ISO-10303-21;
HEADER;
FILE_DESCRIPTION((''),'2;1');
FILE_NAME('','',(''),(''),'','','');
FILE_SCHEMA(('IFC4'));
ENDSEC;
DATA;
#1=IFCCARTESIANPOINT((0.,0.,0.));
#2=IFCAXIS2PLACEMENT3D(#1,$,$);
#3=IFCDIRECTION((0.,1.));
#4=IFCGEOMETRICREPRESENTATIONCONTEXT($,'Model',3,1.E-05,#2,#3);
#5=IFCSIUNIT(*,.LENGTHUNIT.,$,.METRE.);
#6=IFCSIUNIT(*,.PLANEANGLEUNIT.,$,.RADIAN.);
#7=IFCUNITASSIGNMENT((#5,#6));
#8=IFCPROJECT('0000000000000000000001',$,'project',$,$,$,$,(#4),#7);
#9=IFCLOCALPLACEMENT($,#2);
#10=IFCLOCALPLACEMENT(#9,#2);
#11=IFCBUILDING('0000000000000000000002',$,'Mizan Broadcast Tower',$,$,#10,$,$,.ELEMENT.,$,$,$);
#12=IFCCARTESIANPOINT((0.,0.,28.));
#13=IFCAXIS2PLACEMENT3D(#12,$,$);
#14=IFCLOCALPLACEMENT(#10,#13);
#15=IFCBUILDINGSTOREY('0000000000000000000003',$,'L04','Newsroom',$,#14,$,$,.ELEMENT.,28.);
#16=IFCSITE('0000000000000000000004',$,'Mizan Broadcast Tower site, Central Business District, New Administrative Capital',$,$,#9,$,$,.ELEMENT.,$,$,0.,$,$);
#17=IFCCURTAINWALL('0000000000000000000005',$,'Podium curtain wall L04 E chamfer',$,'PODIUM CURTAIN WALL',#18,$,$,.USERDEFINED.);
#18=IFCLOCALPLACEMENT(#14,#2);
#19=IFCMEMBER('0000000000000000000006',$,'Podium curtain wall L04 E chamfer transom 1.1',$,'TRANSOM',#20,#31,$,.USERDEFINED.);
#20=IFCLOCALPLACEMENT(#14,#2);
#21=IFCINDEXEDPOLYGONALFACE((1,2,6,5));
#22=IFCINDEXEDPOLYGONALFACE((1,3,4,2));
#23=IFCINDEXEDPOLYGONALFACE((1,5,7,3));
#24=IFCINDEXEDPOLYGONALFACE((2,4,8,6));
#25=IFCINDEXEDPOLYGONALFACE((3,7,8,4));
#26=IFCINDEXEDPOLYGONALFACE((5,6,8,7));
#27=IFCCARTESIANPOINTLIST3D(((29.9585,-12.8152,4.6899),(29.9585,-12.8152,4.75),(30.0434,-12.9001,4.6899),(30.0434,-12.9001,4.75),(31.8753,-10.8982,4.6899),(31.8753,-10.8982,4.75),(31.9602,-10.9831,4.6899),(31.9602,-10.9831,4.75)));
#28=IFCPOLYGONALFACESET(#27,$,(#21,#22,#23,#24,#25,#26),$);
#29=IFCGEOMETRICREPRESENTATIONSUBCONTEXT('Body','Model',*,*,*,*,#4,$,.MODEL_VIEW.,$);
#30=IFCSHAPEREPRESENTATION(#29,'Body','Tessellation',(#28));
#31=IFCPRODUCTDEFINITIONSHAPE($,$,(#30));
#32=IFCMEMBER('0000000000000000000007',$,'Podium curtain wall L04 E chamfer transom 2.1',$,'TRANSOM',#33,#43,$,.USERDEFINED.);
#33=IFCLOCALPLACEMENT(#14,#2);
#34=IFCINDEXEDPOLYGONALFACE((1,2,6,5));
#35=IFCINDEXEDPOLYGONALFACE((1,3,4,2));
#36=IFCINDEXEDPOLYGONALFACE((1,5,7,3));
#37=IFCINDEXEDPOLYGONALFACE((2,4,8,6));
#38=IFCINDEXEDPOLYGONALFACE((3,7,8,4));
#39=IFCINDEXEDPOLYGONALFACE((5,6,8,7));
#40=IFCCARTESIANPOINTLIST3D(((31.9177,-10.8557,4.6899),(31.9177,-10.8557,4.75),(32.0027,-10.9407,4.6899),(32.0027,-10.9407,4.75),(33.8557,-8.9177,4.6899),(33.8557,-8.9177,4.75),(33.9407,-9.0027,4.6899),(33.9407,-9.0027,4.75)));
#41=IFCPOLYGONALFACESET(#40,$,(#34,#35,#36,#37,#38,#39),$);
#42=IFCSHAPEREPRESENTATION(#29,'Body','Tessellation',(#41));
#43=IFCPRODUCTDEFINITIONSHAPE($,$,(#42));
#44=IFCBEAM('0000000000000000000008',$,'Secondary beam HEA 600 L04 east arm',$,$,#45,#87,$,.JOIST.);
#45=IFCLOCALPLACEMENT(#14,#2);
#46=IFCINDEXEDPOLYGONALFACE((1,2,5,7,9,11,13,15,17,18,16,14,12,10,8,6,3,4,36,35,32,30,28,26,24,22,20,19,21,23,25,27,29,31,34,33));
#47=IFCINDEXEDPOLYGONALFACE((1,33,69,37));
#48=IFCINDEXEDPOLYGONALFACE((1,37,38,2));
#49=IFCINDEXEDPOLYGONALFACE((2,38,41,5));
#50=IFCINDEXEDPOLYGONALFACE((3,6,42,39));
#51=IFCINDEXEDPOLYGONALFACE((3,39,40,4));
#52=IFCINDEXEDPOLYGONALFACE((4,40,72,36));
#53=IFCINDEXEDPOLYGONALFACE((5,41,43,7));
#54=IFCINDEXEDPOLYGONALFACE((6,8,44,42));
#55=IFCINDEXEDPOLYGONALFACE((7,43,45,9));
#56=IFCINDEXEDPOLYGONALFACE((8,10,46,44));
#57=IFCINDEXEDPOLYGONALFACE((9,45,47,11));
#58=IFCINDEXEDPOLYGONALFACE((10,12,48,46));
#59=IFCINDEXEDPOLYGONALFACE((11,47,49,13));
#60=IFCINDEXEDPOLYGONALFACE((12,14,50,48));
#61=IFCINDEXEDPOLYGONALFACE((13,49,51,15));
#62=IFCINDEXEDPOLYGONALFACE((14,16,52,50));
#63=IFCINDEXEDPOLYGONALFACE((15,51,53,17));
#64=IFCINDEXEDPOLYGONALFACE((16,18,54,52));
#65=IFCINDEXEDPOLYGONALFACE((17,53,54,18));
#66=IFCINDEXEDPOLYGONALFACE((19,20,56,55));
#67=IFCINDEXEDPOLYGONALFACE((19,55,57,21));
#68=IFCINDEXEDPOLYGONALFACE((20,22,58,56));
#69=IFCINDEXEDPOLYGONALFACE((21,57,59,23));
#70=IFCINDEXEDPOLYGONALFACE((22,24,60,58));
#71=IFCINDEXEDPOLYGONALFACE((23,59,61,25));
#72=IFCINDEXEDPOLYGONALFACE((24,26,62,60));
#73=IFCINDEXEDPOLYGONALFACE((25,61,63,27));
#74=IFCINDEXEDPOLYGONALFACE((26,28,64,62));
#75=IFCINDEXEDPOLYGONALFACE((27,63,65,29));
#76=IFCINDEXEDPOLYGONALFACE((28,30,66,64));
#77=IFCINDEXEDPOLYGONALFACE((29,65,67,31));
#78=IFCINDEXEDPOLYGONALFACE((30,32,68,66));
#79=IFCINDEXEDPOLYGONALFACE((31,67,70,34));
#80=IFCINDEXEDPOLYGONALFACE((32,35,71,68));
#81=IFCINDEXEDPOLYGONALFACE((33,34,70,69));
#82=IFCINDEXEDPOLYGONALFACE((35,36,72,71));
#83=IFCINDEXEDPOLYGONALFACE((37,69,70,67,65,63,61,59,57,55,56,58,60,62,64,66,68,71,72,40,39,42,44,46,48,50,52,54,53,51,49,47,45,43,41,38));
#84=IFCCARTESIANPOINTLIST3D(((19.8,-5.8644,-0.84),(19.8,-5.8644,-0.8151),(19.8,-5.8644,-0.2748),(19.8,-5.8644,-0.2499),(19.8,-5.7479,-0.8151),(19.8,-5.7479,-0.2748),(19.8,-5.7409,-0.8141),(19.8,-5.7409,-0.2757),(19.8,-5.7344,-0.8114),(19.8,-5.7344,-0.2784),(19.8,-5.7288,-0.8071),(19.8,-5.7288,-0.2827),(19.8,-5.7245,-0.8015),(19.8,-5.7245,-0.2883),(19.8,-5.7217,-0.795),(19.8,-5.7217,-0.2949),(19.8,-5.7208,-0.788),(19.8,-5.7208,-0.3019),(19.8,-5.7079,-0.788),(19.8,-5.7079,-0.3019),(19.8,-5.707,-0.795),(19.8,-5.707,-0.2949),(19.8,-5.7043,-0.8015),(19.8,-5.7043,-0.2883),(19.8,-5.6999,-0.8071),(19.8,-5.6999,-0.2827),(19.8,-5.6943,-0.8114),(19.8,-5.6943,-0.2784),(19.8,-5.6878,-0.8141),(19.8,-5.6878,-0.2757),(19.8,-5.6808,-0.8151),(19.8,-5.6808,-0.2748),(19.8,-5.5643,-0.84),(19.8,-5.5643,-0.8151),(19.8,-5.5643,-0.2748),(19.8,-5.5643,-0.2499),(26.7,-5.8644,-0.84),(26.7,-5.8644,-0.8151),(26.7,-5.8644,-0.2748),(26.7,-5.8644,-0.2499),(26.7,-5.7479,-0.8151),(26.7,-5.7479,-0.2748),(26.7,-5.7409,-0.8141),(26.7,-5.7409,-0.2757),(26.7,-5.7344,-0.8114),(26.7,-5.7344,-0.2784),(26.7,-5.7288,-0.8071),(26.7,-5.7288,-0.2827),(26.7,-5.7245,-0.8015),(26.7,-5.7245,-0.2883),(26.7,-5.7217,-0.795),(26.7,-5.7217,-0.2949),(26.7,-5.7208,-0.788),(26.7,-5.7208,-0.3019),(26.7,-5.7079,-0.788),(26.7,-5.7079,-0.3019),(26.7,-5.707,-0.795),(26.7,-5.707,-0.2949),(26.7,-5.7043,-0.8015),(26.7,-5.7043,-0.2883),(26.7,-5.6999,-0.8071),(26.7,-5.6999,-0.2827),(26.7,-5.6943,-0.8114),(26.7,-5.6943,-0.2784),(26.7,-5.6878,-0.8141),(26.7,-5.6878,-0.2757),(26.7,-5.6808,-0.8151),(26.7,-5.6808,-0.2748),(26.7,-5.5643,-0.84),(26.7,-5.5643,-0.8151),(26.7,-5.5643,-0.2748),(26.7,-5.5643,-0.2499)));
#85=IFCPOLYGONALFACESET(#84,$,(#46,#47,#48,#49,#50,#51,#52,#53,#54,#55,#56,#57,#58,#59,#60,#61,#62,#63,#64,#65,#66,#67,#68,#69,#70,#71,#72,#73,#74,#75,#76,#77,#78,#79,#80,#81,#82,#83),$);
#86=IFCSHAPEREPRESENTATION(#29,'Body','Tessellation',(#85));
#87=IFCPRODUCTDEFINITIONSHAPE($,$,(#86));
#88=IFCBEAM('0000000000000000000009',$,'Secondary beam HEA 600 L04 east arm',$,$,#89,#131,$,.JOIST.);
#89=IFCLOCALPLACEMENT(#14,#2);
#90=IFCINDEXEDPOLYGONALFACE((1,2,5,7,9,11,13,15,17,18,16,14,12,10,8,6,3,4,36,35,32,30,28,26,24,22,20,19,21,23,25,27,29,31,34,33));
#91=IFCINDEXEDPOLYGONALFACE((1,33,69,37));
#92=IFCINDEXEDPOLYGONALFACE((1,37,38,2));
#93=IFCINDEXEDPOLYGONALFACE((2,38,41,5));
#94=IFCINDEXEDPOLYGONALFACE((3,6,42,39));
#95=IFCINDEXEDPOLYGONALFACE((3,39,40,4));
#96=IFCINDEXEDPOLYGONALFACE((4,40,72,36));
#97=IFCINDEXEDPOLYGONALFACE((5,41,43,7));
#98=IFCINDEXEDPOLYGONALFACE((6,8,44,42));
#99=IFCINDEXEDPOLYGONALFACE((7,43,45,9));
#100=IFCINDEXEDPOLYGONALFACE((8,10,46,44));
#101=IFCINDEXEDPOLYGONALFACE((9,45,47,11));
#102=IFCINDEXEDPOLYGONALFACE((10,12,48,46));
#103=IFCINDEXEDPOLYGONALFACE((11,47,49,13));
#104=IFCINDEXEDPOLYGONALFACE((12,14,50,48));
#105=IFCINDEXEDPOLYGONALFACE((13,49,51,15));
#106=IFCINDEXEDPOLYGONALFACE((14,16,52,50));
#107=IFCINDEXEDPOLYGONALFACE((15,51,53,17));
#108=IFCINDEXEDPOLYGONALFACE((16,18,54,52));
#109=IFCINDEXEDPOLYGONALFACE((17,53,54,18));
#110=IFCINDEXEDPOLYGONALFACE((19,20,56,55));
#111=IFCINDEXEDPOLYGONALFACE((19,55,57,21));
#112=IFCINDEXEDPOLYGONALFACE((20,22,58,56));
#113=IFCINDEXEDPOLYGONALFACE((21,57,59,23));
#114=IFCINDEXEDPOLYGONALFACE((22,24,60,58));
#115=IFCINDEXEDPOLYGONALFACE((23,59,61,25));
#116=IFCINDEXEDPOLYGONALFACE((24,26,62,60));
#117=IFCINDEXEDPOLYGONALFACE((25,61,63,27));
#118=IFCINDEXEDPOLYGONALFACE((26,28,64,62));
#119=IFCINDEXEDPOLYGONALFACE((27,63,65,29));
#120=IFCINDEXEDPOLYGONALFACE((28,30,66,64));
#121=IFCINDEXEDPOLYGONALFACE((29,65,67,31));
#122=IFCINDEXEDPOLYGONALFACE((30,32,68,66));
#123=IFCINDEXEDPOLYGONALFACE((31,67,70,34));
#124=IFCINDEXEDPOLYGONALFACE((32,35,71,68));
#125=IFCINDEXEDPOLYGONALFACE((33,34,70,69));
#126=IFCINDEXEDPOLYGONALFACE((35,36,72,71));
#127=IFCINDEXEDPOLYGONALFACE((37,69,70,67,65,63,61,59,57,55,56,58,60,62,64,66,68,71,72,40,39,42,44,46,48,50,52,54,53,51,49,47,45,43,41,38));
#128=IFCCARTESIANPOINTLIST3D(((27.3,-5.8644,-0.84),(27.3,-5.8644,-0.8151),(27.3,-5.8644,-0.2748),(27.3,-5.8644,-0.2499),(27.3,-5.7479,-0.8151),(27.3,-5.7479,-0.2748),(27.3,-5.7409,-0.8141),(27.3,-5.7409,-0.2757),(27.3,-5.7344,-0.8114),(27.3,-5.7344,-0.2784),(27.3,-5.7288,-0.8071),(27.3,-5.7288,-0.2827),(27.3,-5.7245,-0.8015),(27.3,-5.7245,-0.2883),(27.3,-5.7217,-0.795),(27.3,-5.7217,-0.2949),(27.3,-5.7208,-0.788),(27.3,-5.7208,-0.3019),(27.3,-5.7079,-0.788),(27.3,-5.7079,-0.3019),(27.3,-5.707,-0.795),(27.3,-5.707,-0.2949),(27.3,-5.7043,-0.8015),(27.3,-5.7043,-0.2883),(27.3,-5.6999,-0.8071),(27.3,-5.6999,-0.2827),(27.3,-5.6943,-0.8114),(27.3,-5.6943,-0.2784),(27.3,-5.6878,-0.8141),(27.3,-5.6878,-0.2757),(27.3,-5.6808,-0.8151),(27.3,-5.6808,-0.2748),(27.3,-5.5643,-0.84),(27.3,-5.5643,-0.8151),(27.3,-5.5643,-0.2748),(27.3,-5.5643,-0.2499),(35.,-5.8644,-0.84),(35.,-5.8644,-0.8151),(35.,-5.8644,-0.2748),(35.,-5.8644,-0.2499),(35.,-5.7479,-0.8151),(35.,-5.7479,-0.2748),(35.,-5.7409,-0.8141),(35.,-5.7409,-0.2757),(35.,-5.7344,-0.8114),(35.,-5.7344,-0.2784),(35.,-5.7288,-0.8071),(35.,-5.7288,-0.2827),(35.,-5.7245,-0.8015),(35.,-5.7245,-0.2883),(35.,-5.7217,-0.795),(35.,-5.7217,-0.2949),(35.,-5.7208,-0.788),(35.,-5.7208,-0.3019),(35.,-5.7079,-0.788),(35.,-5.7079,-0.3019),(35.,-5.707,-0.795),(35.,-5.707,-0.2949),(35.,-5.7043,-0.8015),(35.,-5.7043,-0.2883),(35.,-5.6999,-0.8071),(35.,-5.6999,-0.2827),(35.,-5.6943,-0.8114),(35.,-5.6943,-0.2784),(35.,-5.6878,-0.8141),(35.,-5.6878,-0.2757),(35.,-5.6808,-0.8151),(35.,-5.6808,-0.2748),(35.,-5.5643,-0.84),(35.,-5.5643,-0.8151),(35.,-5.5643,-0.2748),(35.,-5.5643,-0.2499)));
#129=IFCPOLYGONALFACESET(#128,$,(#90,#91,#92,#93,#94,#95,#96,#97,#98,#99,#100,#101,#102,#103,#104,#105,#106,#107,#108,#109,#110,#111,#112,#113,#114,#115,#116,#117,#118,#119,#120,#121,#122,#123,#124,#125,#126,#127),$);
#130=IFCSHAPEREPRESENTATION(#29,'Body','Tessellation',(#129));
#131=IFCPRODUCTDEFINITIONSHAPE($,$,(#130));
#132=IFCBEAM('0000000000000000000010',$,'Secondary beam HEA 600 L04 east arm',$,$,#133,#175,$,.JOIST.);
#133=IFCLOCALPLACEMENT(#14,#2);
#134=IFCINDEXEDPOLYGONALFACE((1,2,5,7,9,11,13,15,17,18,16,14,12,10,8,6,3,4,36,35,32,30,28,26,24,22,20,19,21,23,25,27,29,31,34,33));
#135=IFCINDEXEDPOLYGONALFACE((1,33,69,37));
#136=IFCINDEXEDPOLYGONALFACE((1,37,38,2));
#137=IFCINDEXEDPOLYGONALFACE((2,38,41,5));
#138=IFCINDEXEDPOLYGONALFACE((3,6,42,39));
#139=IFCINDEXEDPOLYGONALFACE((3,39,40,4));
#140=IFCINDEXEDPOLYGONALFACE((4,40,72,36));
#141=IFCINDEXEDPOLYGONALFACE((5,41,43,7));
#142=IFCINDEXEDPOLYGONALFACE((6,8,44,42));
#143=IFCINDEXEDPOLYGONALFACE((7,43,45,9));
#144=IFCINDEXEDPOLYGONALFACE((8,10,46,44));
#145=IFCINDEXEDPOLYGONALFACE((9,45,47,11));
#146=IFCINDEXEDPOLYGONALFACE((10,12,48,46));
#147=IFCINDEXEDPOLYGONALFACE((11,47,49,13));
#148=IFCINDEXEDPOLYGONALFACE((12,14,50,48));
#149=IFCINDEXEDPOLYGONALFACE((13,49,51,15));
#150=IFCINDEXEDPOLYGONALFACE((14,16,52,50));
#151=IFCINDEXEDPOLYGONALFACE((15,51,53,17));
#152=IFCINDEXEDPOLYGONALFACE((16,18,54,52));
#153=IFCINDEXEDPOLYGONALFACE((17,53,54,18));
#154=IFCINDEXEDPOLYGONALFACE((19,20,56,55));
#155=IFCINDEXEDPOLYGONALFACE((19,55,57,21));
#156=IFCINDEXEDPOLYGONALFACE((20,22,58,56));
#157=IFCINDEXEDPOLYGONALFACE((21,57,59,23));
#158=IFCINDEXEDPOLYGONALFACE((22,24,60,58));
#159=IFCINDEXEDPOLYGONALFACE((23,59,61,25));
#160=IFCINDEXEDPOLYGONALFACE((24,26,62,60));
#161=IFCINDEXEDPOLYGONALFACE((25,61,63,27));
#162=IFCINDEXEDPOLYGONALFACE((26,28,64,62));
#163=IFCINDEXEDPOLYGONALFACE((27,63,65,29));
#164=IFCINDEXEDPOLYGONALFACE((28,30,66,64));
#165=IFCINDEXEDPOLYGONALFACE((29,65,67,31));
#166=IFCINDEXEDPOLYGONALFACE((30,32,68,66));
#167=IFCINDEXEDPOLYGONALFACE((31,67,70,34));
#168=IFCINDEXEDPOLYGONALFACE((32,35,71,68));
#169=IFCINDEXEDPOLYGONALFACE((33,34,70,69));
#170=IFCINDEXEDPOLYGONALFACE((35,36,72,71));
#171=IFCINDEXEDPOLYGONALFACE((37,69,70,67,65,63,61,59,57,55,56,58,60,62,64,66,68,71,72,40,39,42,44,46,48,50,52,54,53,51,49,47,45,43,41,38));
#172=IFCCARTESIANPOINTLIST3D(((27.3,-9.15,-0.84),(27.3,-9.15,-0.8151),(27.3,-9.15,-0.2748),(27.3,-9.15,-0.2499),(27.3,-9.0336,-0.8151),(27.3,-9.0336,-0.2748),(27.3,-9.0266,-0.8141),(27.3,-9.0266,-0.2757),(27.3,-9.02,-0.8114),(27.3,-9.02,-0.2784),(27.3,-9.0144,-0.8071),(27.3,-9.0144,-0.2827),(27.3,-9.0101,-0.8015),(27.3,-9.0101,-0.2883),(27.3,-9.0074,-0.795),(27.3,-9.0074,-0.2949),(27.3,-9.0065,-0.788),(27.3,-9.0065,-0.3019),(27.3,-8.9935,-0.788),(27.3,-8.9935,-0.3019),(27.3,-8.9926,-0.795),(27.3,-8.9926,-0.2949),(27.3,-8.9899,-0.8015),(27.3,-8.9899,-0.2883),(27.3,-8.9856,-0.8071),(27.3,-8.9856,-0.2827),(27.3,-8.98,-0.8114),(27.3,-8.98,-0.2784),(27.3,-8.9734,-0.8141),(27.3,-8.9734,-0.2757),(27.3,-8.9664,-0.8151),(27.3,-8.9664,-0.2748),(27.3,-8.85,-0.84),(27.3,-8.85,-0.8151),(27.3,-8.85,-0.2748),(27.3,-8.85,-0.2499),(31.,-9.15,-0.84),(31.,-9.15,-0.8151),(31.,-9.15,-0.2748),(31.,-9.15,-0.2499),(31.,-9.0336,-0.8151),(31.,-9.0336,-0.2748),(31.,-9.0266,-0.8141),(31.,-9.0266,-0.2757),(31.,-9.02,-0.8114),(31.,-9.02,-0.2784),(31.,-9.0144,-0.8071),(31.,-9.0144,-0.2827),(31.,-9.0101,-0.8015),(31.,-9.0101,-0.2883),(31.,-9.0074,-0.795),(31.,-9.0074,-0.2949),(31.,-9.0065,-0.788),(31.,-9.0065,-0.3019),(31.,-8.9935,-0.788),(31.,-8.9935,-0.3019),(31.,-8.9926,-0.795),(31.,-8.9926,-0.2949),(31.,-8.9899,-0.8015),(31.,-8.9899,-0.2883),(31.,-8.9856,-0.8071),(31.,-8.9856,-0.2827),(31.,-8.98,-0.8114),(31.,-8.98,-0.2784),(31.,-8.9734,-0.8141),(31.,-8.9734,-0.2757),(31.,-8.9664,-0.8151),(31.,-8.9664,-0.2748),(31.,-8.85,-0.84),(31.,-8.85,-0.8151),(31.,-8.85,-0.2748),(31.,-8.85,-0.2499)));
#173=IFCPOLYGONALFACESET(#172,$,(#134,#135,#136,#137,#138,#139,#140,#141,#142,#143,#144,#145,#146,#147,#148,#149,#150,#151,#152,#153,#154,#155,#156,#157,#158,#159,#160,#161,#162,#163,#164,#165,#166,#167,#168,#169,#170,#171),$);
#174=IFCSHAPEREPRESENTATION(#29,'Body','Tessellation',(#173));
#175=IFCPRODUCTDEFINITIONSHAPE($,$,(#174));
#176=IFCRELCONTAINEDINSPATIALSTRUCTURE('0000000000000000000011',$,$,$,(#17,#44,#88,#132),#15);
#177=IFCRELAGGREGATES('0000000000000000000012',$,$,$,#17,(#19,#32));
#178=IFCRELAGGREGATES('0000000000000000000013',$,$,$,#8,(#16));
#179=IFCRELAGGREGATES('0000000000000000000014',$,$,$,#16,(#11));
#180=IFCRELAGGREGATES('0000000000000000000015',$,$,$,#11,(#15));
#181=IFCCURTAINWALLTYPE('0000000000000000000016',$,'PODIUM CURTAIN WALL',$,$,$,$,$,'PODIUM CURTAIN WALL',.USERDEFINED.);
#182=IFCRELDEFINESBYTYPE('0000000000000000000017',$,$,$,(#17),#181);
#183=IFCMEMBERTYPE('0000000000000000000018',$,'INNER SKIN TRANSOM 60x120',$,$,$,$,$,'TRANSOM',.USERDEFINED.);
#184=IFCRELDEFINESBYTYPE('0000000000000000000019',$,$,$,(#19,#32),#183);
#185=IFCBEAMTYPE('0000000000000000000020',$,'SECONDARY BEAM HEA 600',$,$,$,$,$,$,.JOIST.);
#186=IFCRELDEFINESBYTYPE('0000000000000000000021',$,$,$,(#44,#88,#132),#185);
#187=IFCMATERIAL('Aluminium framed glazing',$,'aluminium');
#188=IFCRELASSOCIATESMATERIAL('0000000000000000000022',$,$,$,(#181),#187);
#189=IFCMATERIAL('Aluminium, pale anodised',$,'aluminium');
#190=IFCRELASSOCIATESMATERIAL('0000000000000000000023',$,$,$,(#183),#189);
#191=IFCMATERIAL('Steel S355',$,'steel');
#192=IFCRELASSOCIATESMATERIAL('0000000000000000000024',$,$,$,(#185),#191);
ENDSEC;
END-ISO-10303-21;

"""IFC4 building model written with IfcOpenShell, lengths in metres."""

from ifc_helpers import new_model, si_unit, direction, frame, origin, origin_2d, place, context, subcontext, project, spatial, rectangle, i_section, extrude, material, material_profile, profile_set, type_object, element, aggregate, save


model = new_model("IFC4")

# Units and contexts
model_context = context("Model", 3, precision=1e-05, world=origin(), true_north=direction((0.0, 1.0)))
body_context = subcontext(model_context, "Body", "Model", "MODEL_VIEW")
ifc_project = project(units=[si_unit("LENGTHUNIT", "METRE"), si_unit("PLANEANGLEUNIT", "RADIAN")], contexts=[model_context])

# Site, building, storey
site_placement = place(None, origin())
site = spatial("IfcSite", under=ifc_project, at=site_placement, Name="Mizan Broadcast Tower site, Central Business District, New Administrative Capital", CompositionType="ELEMENT", RefElevation=0.0)
building_placement = place(site_placement, origin())
building = spatial("IfcBuilding", under=site, at=building_placement, Name="Mizan Broadcast Tower", CompositionType="ELEMENT")
storey_placement = place(building_placement, frame((0.0, 0.0, 28.0)))
storey = spatial("IfcBuildingStorey", under=building, at=storey_placement, Name="L04", Description="Newsroom", CompositionType="ELEMENT", Elevation=28.0)

# Shared definitions
ifc_material_1 = material(Name="Aluminium framed glazing", Category="aluminium")
curtain_wall_type_1 = type_object("IfcCurtainWallType", Name="PODIUM CURTAIN WALL", ElementType="PODIUM CURTAIN WALL", PredefinedType="USERDEFINED", material=ifc_material_1)

# Curtain wall
curtain_wall_1_placement = place(storey_placement, origin())
curtain_wall_1 = element("IfcCurtainWall", 1, at=curtain_wall_1_placement, inside=storey, type_object=curtain_wall_type_1, Name="Podium curtain wall L04 E chamfer", ObjectType="PODIUM CURTAIN WALL", PredefinedType="USERDEFINED")

# Members
ifc_material_2 = material(Name="Aluminium, pale anodised", Category="aluminium")
ifc_material_profile_1 = material_profile(ifc_material_2, rectangle(XDim=0.1201, YDim=0.0601, at=origin_2d()), Name="TRANSOM 120x60")
ifc_profile_set_1 = profile_set([ifc_material_profile_1], Name="Aluminium, pale anodised")
member_type_1 = type_object("IfcMemberType", Name="INNER SKIN TRANSOM 60x120", ElementType="TRANSOM", PredefinedType="USERDEFINED", material=ifc_profile_set_1)
member_1_placement = place(storey_placement, frame((30.001, -12.8577, 4.72), z_axis=(0.707062, 0.707152, 0.0), x_axis=(-0.707152, 0.707062, 0.0)))
member_1 = element("IfcMember", 2, at=member_1_placement, type_object=member_type_1, Name="Podium curtain wall L04 E chamfer transom 1.1", ObjectType="TRANSOM", PredefinedType="USERDEFINED", context=body_context, shape_type="SweptSolid", body=[
    extrude(rectangle(XDim=0.1201, YDim=0.0601, at=origin_2d()), origin(), (0.0, 0.0, 1.0), 2.7109),
])
member_2_placement = place(storey_placement, frame((31.9602, -10.8982, 4.72), z_axis=(0.707107, 0.707107, 0.0), x_axis=(-0.707107, 0.707107, 0.0)))
member_2 = element("IfcMember", 3, at=member_2_placement, type_object=member_type_1, Name="Podium curtain wall L04 E chamfer transom 2.1", ObjectType="TRANSOM", PredefinedType="USERDEFINED", context=body_context, shape_type="SweptSolid", body=[
    extrude(rectangle(XDim=0.1201, YDim=0.0601, at=origin_2d()), origin(), (0.0, 0.0, 1.0), 2.7407),
])

# Beams
ifc_material_3 = material(Name="Steel S355", Category="steel")
ifc_material_profile_2 = material_profile(ifc_material_3, i_section(OverallWidth=0.3, OverallDepth=0.5901, WebThickness=0.0129, FlangeThickness=0.0249, FilletRadius=0.0271, at=origin_2d()), Name="HEA 600")
ifc_profile_set_2 = profile_set([ifc_material_profile_2], Name="Steel S355")
beam_type_1 = type_object("IfcBeamType", Name="SECONDARY BEAM HEA 600", PredefinedType="JOIST", material=ifc_profile_set_2)
beam_1_placement = place(storey_placement, frame((19.8, -5.7144, -0.5449), z_axis=(1.0, 0.0, 0.0), x_axis=(0.0, 1.0, 0.0)))
element("IfcBeam", 4, at=beam_1_placement, inside=storey, type_object=beam_type_1, Name="Secondary beam HEA 600 L04 east arm", PredefinedType="JOIST", context=body_context, shape_type="SweptSolid", body=[
    extrude(i_section(OverallWidth=0.3, OverallDepth=0.5901, WebThickness=0.0129, FlangeThickness=0.0249, FilletRadius=0.0271, at=origin_2d()), origin(), (0.0, 0.0, 1.0), 6.8999),
])
beam_2_placement = place(storey_placement, frame((27.3, -5.7144, -0.5449), z_axis=(1.0, 0.0, 0.0), x_axis=(0.0, 1.0, 0.0)))
element("IfcBeam", 5, at=beam_2_placement, inside=storey, type_object=beam_type_1, Name="Secondary beam HEA 600 L04 east arm", PredefinedType="JOIST", context=body_context, shape_type="SweptSolid", body=[
    extrude(i_section(OverallWidth=0.3, OverallDepth=0.5901, WebThickness=0.0129, FlangeThickness=0.0249, FilletRadius=0.0271, at=origin_2d()), origin(), (0.0, 0.0, 1.0), 7.7),
])
beam_3_placement = place(storey_placement, frame((27.3, -9.0, -0.5449), z_axis=(1.0, 0.0, 0.0), x_axis=(0.0, 1.0, 0.0)))
element("IfcBeam", 6, at=beam_3_placement, inside=storey, type_object=beam_type_1, Name="Secondary beam HEA 600 L04 east arm", PredefinedType="JOIST", context=body_context, shape_type="SweptSolid", body=[
    extrude(i_section(OverallWidth=0.3, OverallDepth=0.5901, WebThickness=0.0129, FlangeThickness=0.0249, FilletRadius=0.0271, at=origin_2d()), origin(), (0.0, 0.0, 1.0), 3.7),
])

aggregate(curtain_wall_1, [member_1, member_2])

save(model, "model.ifc")
